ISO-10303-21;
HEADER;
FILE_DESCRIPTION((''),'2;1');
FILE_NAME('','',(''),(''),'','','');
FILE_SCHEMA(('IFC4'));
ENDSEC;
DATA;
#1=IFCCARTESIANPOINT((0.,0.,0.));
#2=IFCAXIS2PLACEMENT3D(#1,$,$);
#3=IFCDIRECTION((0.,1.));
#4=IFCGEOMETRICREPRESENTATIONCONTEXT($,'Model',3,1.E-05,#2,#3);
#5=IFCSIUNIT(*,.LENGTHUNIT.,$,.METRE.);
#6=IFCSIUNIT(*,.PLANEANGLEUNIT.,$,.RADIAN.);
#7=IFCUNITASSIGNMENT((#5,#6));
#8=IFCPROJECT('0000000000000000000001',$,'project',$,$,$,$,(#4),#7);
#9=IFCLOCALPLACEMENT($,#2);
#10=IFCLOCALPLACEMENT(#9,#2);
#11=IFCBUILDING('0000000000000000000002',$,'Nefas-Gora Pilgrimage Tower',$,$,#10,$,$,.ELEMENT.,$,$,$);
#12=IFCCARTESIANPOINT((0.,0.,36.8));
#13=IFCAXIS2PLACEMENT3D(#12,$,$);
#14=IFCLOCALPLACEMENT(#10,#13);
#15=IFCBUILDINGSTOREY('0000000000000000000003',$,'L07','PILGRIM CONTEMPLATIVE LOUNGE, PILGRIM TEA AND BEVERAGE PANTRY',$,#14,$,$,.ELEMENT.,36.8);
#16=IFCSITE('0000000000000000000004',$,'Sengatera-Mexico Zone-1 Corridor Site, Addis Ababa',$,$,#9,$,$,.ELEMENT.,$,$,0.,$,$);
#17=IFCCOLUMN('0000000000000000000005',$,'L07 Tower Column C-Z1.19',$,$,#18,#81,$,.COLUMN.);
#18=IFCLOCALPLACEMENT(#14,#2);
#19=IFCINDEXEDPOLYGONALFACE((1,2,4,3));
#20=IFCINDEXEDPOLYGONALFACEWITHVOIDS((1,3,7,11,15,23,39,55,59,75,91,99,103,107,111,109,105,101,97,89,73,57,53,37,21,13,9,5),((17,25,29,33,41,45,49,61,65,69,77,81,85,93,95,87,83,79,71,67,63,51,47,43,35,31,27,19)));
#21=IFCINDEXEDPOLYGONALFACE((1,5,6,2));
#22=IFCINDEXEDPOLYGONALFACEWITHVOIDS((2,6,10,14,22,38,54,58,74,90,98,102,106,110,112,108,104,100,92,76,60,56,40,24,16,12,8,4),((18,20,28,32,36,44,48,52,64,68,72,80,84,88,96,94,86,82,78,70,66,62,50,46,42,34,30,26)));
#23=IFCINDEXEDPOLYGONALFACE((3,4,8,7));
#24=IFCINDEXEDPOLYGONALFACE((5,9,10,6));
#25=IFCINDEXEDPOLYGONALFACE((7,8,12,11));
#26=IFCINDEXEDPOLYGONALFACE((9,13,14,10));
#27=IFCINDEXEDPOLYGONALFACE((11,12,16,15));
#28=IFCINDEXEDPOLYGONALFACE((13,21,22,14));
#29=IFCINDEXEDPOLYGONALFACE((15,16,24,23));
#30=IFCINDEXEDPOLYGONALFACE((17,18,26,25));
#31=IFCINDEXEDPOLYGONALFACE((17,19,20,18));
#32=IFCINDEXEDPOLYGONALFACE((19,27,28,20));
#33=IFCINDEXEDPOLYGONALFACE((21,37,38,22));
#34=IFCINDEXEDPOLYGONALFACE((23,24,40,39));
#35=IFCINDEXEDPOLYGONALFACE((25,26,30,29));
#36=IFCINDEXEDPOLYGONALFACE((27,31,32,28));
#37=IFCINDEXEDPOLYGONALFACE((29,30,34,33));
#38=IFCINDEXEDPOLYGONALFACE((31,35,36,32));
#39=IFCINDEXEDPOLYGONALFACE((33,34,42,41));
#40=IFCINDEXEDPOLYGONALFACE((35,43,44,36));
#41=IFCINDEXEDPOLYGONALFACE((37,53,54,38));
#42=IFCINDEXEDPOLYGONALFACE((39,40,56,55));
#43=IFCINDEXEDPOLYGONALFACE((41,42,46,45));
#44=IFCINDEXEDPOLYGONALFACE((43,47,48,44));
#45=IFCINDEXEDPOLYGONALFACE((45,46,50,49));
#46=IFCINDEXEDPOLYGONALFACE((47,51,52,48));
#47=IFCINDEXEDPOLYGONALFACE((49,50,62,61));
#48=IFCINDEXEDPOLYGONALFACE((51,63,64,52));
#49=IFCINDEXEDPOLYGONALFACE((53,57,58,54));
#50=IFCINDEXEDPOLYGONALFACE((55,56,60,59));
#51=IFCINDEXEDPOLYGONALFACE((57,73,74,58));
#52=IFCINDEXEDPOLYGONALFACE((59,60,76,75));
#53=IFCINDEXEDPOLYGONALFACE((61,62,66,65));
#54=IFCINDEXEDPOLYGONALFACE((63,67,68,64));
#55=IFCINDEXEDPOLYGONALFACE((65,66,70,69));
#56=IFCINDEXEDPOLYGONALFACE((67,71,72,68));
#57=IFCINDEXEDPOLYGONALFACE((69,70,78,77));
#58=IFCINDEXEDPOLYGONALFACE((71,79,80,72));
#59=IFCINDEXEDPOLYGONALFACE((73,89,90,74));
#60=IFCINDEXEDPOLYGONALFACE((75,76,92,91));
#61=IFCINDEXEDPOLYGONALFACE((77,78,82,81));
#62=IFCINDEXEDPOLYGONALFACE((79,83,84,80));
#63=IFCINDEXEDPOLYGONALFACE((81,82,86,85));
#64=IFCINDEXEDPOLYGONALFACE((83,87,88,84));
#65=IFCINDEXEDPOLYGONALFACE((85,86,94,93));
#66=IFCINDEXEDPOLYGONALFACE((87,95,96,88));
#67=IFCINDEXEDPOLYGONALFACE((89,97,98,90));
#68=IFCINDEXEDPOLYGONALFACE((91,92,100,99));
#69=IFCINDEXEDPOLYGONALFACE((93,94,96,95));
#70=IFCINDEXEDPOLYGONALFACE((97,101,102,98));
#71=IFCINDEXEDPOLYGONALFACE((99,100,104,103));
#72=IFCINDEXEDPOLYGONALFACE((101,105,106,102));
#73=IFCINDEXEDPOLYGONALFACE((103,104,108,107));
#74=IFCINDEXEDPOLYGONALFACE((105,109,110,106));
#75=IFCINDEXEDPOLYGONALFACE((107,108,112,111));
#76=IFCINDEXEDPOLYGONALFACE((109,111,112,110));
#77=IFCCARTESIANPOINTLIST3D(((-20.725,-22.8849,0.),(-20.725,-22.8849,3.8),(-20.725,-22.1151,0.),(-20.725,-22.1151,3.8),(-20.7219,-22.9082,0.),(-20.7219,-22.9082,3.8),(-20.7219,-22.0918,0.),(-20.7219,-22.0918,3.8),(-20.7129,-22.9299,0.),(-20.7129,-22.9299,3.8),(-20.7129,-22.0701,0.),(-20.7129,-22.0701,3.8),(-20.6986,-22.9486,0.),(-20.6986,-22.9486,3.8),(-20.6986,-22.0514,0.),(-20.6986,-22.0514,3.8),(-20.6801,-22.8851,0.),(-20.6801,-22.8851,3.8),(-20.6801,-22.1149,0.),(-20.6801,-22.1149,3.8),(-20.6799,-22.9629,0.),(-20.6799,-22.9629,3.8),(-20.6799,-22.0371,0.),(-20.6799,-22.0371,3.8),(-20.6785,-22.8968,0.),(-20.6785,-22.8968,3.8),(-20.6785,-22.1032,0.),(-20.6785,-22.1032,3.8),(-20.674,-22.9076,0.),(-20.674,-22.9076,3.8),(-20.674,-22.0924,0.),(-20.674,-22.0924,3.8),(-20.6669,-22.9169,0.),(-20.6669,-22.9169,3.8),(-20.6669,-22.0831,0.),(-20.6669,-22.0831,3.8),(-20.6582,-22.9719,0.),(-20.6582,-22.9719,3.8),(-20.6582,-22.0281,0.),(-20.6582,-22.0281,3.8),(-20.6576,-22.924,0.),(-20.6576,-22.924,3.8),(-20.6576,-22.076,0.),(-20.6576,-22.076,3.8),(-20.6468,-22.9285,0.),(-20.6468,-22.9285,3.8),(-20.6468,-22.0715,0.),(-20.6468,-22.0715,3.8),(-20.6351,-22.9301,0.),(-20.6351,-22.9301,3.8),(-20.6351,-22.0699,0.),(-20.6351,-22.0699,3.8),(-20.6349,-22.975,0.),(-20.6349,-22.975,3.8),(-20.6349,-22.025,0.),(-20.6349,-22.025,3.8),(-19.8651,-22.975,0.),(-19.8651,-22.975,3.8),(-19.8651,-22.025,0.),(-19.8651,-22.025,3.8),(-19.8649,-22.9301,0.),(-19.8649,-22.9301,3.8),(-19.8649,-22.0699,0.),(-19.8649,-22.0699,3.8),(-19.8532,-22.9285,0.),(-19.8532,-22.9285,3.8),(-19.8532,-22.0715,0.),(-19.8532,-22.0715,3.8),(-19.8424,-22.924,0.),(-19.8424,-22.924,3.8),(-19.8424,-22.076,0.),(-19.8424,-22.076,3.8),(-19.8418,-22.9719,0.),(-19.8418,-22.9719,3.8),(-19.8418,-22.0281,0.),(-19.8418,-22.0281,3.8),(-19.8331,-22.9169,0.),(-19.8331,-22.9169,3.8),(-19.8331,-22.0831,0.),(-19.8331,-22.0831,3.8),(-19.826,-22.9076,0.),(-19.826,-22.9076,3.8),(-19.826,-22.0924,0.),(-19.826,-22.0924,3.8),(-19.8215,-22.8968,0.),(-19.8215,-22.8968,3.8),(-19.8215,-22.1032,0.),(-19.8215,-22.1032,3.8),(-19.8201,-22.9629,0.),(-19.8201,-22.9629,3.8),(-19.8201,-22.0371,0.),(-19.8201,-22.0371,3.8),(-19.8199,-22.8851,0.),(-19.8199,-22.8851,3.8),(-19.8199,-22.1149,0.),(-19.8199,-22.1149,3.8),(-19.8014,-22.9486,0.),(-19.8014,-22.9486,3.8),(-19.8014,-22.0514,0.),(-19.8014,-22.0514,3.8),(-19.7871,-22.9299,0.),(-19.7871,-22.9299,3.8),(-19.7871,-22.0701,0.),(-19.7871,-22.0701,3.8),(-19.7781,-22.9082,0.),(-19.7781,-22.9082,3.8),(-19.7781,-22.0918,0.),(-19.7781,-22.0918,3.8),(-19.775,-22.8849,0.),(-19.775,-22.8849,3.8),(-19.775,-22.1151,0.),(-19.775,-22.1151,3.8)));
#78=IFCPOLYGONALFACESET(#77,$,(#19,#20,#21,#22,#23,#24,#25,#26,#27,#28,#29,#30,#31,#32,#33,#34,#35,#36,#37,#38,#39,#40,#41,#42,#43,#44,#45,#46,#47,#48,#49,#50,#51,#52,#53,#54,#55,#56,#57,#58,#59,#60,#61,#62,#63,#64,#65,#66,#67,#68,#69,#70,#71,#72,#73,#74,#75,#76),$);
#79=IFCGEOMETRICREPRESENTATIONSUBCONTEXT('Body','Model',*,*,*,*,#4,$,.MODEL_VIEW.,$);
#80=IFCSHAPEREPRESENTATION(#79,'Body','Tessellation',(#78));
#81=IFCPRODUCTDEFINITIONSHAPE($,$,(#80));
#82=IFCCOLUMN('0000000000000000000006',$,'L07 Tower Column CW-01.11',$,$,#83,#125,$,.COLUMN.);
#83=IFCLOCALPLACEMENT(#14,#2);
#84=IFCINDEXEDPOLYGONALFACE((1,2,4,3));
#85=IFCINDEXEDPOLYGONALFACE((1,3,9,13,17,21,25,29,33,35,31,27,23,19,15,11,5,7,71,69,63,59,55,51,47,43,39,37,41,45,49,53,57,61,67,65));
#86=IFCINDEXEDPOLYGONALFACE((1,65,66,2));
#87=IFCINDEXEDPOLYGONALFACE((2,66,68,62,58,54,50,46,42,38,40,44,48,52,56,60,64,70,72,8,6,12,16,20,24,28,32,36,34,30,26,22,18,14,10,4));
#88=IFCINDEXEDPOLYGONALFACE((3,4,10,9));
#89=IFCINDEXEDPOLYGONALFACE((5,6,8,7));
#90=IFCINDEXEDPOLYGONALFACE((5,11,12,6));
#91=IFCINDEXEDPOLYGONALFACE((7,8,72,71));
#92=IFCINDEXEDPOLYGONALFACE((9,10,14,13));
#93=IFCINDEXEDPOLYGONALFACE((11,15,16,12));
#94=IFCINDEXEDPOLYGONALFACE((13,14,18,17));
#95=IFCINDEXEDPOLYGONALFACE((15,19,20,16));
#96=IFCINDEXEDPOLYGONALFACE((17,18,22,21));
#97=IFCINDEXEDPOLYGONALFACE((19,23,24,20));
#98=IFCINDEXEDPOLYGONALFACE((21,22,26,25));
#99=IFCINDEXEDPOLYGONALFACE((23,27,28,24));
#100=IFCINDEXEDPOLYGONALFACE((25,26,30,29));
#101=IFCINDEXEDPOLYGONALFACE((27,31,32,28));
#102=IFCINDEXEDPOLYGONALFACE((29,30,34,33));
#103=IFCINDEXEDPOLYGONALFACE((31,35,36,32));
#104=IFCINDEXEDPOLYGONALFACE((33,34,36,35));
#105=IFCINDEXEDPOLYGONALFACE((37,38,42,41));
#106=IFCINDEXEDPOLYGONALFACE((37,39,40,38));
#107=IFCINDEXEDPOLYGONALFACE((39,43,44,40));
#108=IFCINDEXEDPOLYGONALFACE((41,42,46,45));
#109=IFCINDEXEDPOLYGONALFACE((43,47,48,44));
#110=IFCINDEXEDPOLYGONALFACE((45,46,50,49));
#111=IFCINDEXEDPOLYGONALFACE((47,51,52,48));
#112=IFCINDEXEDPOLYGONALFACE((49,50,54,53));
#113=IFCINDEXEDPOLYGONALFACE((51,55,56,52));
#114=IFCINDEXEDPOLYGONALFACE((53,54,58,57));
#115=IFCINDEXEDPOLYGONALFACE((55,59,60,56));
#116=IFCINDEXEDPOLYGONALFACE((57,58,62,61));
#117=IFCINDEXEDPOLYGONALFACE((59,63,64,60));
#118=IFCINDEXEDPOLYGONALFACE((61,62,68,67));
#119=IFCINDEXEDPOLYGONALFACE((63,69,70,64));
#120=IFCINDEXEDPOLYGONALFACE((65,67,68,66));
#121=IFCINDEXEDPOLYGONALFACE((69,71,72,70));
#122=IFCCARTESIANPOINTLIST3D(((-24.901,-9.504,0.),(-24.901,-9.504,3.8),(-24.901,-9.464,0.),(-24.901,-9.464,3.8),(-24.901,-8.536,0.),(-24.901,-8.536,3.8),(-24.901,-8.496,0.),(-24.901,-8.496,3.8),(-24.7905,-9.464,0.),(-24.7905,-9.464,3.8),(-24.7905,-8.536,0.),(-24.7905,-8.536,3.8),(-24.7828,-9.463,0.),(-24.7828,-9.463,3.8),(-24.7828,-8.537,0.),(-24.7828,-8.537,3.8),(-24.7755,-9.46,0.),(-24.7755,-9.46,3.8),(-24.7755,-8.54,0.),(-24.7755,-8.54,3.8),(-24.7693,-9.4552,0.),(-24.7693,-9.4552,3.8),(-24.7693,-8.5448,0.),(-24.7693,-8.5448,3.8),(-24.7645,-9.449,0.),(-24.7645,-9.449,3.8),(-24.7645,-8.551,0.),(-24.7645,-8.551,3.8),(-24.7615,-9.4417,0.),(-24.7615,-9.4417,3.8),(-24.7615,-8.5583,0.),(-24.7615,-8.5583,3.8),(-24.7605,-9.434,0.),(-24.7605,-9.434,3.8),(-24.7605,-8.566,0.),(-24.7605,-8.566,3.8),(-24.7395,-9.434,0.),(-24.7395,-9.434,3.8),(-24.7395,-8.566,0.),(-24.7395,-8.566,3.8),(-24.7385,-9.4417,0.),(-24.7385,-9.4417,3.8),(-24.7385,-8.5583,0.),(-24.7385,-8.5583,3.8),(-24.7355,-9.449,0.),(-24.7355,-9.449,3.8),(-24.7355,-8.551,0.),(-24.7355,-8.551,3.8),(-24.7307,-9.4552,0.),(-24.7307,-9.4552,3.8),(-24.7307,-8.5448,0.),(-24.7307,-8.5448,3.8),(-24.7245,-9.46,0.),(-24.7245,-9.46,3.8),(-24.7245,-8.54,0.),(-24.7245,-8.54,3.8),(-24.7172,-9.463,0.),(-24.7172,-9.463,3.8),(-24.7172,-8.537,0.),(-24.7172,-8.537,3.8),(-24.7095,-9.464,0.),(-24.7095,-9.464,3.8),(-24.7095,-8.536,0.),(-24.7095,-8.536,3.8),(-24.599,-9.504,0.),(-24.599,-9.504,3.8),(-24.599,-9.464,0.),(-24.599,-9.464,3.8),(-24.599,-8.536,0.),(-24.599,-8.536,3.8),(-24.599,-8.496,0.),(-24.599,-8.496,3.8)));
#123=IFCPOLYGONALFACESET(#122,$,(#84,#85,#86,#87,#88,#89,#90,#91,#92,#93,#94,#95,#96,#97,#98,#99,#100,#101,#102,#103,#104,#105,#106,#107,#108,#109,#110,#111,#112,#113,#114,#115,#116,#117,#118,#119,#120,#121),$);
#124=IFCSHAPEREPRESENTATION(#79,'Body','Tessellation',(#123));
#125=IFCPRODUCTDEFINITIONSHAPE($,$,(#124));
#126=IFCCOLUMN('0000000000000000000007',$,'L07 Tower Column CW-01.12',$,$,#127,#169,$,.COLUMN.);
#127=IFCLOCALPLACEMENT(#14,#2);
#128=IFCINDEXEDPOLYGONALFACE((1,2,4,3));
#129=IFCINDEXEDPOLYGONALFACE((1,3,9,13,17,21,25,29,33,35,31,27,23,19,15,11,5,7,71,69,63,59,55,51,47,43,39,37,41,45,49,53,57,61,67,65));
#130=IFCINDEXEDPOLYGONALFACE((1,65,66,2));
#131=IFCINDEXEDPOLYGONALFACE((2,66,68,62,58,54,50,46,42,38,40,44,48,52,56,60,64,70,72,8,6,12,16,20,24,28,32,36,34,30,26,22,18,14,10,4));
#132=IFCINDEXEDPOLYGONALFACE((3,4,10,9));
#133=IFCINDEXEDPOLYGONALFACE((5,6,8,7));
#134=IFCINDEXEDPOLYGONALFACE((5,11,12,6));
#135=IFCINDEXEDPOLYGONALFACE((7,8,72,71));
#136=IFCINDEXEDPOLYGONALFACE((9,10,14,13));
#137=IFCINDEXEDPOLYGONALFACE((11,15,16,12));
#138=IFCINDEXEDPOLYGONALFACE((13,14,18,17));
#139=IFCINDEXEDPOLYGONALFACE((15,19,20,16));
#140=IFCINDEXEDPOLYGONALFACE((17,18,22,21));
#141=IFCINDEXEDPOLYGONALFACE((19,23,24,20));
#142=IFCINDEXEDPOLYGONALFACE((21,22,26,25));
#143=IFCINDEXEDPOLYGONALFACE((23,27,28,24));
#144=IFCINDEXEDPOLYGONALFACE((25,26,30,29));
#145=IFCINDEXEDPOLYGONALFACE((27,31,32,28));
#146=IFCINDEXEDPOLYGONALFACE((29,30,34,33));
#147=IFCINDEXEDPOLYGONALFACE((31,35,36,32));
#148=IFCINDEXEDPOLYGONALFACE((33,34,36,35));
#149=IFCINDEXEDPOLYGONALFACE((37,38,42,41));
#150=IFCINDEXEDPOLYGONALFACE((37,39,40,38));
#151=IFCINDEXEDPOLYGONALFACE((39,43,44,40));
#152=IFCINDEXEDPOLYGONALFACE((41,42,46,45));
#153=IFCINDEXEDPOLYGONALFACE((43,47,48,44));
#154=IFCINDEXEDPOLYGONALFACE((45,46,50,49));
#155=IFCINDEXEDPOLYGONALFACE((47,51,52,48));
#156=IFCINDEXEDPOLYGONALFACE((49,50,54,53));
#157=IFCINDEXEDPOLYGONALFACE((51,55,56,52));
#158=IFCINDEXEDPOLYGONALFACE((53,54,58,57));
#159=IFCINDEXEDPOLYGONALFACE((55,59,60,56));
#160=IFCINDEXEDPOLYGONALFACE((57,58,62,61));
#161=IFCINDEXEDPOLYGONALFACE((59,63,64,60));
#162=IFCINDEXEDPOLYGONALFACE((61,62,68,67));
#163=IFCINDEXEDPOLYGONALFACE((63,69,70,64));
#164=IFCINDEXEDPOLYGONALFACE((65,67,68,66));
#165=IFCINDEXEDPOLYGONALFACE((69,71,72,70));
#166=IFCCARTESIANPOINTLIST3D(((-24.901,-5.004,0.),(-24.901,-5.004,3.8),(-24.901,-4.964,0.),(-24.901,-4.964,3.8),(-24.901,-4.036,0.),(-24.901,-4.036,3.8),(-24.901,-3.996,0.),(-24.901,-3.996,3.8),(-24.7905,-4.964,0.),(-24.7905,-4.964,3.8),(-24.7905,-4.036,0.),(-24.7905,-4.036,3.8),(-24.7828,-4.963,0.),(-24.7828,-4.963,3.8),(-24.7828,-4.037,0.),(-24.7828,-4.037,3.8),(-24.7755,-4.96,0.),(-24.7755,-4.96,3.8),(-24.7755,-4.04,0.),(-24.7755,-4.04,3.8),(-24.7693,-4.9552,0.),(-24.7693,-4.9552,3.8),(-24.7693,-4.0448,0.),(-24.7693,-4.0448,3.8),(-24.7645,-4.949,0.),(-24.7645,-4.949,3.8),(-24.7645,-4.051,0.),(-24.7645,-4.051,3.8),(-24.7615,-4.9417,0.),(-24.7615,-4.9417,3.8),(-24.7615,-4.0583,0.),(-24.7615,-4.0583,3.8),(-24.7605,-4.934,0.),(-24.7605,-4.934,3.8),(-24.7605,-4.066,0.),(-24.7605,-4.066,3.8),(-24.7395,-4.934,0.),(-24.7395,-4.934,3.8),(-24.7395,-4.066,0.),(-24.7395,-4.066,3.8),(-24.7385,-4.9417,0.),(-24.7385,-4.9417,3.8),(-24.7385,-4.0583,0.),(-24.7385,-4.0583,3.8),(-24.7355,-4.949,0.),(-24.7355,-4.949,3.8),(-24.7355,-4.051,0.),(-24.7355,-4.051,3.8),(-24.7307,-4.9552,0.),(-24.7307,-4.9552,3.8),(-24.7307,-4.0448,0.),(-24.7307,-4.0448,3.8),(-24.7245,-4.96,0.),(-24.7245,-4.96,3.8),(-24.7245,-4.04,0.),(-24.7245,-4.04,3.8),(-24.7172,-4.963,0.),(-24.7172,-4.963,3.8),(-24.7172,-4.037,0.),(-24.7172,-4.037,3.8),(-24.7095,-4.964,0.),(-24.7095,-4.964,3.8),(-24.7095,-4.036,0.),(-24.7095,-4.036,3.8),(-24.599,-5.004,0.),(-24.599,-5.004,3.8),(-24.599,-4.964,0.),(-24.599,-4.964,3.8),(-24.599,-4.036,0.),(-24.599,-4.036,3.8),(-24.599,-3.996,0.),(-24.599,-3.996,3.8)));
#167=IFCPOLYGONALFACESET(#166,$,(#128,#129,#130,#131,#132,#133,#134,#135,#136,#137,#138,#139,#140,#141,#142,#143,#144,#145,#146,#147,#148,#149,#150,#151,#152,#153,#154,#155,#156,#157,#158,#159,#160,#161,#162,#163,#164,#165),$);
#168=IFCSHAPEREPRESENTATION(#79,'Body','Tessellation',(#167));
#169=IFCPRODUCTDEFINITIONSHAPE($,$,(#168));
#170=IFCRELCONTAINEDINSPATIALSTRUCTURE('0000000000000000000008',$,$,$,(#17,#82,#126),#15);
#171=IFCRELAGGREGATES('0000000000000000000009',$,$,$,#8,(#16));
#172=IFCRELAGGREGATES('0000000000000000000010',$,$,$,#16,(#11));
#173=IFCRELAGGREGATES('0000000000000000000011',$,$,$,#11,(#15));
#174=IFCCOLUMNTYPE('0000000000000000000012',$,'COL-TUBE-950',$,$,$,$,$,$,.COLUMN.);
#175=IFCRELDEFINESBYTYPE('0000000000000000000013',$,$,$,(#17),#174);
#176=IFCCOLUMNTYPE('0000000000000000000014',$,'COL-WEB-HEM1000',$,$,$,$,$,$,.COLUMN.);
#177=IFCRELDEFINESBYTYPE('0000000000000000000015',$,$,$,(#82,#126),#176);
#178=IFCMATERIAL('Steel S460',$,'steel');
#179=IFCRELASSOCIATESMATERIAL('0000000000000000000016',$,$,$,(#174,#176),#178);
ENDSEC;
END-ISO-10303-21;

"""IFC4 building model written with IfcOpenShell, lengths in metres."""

from ifc_helpers import new_model, si_unit, direction, frame, origin, origin_2d, place, context, subcontext, project, spatial, hollow_rectangle, i_section, extrude, source, transform, mapped, material, material_profile, profile_set, type_object, element, save


model = new_model("IFC4")

# Units and contexts
model_context = context("Model", 3, precision=1e-05, world=origin(), true_north=direction((0.0, 1.0)))
body_context = subcontext(model_context, "Body", "Model", "MODEL_VIEW")
ifc_project = project(units=[si_unit("LENGTHUNIT", "METRE"), si_unit("PLANEANGLEUNIT", "RADIAN")], contexts=[model_context])

# Site, building, storey
site_placement = place(None, origin())
site = spatial("IfcSite", under=ifc_project, at=site_placement, Name="Sengatera-Mexico Zone-1 Corridor Site, Addis Ababa", CompositionType="ELEMENT", RefElevation=0.0)
building_placement = place(site_placement, origin())
building = spatial("IfcBuilding", under=site, at=building_placement, Name="Nefas-Gora Pilgrimage Tower", CompositionType="ELEMENT")
storey_placement = place(building_placement, frame((0.0, 0.0, 36.8)))
storey = spatial("IfcBuildingStorey", under=building, at=storey_placement, Name="L07", Description="PILGRIM CONTEMPLATIVE LOUNGE, PILGRIM TEA AND BEVERAGE PANTRY", CompositionType="ELEMENT", Elevation=36.8)

# Columns
ifc_material_1 = material(Name="Steel S460", Category="steel")
ifc_material_profile_1 = material_profile(ifc_material_1, hollow_rectangle(XDim=0.95, YDim=0.95, WallThickness=0.0449, InnerFilletRadius=0.0449, OuterFilletRadius=0.0901, at=origin_2d()), Name="BOX 950x950x45")
ifc_profile_set_1 = profile_set([ifc_material_profile_1], Name="Steel S460")
column_type_1 = type_object("IfcColumnType", Name="COL-TUBE-950", PredefinedType="COLUMN", material=ifc_profile_set_1)
shared_shape_1 = source(origin(), body_context, "Body", "SweptSolid", [
    extrude(hollow_rectangle(XDim=0.95, YDim=0.95, WallThickness=0.0449, InnerFilletRadius=0.0449, OuterFilletRadius=0.0901, at=origin_2d()), origin(), (0.0, 0.0, 1.0), 3.8),
])
column_placement = place(storey_placement, frame((-20.25, -22.5, 0.0), z_axis=(0.0, 0.0, 1.0), x_axis=(1.0, 0.0, 0.0)))
element("IfcColumn", 1, at=column_placement, inside=storey, type_object=column_type_1, Name="L07 Tower Column C-Z1.19", PredefinedType="COLUMN", context=body_context, shape_type="MappedRepresentation", body=[
    mapped(shared_shape_1, transform((0.0, 0.0, 0.0), x_axis=(1.0, 0.0, 0.0), y_axis=(0.0, 1.0, 0.0), z_axis=(0.0, 0.0, 1.0), scale=1.0)),
])
ifc_material_profile_2 = material_profile(ifc_material_1, i_section(OverallWidth=0.302, OverallDepth=1.0081, WebThickness=0.021, FlangeThickness=0.04, FilletRadius=0.03, at=origin_2d()), Name="HEM 1000")
ifc_profile_set_2 = profile_set([ifc_material_profile_2], Name="Steel S460")
column_type_2 = type_object("IfcColumnType", Name="COL-WEB-HEM1000", PredefinedType="COLUMN", material=ifc_profile_set_2)
shared_shape_2 = source(origin(), body_context, "Body", "SweptSolid", [
    extrude(i_section(OverallWidth=0.302, OverallDepth=1.0081, WebThickness=0.021, FlangeThickness=0.04, FilletRadius=0.03, at=origin_2d()), origin(), (0.0, 0.0, 1.0), 3.8),
])
for number, where, z_axis, x_axis, name in (
    (2, (-24.75, -9.0, 0.0), (0.0, 0.0, 1.0), (1.0, 0.0, 0.0), "L07 Tower Column CW-01.11"),
    (3, (-24.75, -4.5, 0.0), (0.0, 0.0, 1.0), (1.0, 0.0, 0.0), "L07 Tower Column CW-01.12"),
):
    element("IfcColumn", number, at=place(storey_placement, frame(where, z_axis=z_axis, x_axis=x_axis)), inside=storey, type_object=column_type_2, Name=name, PredefinedType="COLUMN", context=body_context, shape_type="MappedRepresentation", body=[
        mapped(shared_shape_2, transform((0.0, 0.0, 0.0), x_axis=(1.0, 0.0, 0.0), y_axis=(0.0, 1.0, 0.0), z_axis=(0.0, 0.0, 1.0), scale=1.0)),
    ])

save(model, "model.ifc")
